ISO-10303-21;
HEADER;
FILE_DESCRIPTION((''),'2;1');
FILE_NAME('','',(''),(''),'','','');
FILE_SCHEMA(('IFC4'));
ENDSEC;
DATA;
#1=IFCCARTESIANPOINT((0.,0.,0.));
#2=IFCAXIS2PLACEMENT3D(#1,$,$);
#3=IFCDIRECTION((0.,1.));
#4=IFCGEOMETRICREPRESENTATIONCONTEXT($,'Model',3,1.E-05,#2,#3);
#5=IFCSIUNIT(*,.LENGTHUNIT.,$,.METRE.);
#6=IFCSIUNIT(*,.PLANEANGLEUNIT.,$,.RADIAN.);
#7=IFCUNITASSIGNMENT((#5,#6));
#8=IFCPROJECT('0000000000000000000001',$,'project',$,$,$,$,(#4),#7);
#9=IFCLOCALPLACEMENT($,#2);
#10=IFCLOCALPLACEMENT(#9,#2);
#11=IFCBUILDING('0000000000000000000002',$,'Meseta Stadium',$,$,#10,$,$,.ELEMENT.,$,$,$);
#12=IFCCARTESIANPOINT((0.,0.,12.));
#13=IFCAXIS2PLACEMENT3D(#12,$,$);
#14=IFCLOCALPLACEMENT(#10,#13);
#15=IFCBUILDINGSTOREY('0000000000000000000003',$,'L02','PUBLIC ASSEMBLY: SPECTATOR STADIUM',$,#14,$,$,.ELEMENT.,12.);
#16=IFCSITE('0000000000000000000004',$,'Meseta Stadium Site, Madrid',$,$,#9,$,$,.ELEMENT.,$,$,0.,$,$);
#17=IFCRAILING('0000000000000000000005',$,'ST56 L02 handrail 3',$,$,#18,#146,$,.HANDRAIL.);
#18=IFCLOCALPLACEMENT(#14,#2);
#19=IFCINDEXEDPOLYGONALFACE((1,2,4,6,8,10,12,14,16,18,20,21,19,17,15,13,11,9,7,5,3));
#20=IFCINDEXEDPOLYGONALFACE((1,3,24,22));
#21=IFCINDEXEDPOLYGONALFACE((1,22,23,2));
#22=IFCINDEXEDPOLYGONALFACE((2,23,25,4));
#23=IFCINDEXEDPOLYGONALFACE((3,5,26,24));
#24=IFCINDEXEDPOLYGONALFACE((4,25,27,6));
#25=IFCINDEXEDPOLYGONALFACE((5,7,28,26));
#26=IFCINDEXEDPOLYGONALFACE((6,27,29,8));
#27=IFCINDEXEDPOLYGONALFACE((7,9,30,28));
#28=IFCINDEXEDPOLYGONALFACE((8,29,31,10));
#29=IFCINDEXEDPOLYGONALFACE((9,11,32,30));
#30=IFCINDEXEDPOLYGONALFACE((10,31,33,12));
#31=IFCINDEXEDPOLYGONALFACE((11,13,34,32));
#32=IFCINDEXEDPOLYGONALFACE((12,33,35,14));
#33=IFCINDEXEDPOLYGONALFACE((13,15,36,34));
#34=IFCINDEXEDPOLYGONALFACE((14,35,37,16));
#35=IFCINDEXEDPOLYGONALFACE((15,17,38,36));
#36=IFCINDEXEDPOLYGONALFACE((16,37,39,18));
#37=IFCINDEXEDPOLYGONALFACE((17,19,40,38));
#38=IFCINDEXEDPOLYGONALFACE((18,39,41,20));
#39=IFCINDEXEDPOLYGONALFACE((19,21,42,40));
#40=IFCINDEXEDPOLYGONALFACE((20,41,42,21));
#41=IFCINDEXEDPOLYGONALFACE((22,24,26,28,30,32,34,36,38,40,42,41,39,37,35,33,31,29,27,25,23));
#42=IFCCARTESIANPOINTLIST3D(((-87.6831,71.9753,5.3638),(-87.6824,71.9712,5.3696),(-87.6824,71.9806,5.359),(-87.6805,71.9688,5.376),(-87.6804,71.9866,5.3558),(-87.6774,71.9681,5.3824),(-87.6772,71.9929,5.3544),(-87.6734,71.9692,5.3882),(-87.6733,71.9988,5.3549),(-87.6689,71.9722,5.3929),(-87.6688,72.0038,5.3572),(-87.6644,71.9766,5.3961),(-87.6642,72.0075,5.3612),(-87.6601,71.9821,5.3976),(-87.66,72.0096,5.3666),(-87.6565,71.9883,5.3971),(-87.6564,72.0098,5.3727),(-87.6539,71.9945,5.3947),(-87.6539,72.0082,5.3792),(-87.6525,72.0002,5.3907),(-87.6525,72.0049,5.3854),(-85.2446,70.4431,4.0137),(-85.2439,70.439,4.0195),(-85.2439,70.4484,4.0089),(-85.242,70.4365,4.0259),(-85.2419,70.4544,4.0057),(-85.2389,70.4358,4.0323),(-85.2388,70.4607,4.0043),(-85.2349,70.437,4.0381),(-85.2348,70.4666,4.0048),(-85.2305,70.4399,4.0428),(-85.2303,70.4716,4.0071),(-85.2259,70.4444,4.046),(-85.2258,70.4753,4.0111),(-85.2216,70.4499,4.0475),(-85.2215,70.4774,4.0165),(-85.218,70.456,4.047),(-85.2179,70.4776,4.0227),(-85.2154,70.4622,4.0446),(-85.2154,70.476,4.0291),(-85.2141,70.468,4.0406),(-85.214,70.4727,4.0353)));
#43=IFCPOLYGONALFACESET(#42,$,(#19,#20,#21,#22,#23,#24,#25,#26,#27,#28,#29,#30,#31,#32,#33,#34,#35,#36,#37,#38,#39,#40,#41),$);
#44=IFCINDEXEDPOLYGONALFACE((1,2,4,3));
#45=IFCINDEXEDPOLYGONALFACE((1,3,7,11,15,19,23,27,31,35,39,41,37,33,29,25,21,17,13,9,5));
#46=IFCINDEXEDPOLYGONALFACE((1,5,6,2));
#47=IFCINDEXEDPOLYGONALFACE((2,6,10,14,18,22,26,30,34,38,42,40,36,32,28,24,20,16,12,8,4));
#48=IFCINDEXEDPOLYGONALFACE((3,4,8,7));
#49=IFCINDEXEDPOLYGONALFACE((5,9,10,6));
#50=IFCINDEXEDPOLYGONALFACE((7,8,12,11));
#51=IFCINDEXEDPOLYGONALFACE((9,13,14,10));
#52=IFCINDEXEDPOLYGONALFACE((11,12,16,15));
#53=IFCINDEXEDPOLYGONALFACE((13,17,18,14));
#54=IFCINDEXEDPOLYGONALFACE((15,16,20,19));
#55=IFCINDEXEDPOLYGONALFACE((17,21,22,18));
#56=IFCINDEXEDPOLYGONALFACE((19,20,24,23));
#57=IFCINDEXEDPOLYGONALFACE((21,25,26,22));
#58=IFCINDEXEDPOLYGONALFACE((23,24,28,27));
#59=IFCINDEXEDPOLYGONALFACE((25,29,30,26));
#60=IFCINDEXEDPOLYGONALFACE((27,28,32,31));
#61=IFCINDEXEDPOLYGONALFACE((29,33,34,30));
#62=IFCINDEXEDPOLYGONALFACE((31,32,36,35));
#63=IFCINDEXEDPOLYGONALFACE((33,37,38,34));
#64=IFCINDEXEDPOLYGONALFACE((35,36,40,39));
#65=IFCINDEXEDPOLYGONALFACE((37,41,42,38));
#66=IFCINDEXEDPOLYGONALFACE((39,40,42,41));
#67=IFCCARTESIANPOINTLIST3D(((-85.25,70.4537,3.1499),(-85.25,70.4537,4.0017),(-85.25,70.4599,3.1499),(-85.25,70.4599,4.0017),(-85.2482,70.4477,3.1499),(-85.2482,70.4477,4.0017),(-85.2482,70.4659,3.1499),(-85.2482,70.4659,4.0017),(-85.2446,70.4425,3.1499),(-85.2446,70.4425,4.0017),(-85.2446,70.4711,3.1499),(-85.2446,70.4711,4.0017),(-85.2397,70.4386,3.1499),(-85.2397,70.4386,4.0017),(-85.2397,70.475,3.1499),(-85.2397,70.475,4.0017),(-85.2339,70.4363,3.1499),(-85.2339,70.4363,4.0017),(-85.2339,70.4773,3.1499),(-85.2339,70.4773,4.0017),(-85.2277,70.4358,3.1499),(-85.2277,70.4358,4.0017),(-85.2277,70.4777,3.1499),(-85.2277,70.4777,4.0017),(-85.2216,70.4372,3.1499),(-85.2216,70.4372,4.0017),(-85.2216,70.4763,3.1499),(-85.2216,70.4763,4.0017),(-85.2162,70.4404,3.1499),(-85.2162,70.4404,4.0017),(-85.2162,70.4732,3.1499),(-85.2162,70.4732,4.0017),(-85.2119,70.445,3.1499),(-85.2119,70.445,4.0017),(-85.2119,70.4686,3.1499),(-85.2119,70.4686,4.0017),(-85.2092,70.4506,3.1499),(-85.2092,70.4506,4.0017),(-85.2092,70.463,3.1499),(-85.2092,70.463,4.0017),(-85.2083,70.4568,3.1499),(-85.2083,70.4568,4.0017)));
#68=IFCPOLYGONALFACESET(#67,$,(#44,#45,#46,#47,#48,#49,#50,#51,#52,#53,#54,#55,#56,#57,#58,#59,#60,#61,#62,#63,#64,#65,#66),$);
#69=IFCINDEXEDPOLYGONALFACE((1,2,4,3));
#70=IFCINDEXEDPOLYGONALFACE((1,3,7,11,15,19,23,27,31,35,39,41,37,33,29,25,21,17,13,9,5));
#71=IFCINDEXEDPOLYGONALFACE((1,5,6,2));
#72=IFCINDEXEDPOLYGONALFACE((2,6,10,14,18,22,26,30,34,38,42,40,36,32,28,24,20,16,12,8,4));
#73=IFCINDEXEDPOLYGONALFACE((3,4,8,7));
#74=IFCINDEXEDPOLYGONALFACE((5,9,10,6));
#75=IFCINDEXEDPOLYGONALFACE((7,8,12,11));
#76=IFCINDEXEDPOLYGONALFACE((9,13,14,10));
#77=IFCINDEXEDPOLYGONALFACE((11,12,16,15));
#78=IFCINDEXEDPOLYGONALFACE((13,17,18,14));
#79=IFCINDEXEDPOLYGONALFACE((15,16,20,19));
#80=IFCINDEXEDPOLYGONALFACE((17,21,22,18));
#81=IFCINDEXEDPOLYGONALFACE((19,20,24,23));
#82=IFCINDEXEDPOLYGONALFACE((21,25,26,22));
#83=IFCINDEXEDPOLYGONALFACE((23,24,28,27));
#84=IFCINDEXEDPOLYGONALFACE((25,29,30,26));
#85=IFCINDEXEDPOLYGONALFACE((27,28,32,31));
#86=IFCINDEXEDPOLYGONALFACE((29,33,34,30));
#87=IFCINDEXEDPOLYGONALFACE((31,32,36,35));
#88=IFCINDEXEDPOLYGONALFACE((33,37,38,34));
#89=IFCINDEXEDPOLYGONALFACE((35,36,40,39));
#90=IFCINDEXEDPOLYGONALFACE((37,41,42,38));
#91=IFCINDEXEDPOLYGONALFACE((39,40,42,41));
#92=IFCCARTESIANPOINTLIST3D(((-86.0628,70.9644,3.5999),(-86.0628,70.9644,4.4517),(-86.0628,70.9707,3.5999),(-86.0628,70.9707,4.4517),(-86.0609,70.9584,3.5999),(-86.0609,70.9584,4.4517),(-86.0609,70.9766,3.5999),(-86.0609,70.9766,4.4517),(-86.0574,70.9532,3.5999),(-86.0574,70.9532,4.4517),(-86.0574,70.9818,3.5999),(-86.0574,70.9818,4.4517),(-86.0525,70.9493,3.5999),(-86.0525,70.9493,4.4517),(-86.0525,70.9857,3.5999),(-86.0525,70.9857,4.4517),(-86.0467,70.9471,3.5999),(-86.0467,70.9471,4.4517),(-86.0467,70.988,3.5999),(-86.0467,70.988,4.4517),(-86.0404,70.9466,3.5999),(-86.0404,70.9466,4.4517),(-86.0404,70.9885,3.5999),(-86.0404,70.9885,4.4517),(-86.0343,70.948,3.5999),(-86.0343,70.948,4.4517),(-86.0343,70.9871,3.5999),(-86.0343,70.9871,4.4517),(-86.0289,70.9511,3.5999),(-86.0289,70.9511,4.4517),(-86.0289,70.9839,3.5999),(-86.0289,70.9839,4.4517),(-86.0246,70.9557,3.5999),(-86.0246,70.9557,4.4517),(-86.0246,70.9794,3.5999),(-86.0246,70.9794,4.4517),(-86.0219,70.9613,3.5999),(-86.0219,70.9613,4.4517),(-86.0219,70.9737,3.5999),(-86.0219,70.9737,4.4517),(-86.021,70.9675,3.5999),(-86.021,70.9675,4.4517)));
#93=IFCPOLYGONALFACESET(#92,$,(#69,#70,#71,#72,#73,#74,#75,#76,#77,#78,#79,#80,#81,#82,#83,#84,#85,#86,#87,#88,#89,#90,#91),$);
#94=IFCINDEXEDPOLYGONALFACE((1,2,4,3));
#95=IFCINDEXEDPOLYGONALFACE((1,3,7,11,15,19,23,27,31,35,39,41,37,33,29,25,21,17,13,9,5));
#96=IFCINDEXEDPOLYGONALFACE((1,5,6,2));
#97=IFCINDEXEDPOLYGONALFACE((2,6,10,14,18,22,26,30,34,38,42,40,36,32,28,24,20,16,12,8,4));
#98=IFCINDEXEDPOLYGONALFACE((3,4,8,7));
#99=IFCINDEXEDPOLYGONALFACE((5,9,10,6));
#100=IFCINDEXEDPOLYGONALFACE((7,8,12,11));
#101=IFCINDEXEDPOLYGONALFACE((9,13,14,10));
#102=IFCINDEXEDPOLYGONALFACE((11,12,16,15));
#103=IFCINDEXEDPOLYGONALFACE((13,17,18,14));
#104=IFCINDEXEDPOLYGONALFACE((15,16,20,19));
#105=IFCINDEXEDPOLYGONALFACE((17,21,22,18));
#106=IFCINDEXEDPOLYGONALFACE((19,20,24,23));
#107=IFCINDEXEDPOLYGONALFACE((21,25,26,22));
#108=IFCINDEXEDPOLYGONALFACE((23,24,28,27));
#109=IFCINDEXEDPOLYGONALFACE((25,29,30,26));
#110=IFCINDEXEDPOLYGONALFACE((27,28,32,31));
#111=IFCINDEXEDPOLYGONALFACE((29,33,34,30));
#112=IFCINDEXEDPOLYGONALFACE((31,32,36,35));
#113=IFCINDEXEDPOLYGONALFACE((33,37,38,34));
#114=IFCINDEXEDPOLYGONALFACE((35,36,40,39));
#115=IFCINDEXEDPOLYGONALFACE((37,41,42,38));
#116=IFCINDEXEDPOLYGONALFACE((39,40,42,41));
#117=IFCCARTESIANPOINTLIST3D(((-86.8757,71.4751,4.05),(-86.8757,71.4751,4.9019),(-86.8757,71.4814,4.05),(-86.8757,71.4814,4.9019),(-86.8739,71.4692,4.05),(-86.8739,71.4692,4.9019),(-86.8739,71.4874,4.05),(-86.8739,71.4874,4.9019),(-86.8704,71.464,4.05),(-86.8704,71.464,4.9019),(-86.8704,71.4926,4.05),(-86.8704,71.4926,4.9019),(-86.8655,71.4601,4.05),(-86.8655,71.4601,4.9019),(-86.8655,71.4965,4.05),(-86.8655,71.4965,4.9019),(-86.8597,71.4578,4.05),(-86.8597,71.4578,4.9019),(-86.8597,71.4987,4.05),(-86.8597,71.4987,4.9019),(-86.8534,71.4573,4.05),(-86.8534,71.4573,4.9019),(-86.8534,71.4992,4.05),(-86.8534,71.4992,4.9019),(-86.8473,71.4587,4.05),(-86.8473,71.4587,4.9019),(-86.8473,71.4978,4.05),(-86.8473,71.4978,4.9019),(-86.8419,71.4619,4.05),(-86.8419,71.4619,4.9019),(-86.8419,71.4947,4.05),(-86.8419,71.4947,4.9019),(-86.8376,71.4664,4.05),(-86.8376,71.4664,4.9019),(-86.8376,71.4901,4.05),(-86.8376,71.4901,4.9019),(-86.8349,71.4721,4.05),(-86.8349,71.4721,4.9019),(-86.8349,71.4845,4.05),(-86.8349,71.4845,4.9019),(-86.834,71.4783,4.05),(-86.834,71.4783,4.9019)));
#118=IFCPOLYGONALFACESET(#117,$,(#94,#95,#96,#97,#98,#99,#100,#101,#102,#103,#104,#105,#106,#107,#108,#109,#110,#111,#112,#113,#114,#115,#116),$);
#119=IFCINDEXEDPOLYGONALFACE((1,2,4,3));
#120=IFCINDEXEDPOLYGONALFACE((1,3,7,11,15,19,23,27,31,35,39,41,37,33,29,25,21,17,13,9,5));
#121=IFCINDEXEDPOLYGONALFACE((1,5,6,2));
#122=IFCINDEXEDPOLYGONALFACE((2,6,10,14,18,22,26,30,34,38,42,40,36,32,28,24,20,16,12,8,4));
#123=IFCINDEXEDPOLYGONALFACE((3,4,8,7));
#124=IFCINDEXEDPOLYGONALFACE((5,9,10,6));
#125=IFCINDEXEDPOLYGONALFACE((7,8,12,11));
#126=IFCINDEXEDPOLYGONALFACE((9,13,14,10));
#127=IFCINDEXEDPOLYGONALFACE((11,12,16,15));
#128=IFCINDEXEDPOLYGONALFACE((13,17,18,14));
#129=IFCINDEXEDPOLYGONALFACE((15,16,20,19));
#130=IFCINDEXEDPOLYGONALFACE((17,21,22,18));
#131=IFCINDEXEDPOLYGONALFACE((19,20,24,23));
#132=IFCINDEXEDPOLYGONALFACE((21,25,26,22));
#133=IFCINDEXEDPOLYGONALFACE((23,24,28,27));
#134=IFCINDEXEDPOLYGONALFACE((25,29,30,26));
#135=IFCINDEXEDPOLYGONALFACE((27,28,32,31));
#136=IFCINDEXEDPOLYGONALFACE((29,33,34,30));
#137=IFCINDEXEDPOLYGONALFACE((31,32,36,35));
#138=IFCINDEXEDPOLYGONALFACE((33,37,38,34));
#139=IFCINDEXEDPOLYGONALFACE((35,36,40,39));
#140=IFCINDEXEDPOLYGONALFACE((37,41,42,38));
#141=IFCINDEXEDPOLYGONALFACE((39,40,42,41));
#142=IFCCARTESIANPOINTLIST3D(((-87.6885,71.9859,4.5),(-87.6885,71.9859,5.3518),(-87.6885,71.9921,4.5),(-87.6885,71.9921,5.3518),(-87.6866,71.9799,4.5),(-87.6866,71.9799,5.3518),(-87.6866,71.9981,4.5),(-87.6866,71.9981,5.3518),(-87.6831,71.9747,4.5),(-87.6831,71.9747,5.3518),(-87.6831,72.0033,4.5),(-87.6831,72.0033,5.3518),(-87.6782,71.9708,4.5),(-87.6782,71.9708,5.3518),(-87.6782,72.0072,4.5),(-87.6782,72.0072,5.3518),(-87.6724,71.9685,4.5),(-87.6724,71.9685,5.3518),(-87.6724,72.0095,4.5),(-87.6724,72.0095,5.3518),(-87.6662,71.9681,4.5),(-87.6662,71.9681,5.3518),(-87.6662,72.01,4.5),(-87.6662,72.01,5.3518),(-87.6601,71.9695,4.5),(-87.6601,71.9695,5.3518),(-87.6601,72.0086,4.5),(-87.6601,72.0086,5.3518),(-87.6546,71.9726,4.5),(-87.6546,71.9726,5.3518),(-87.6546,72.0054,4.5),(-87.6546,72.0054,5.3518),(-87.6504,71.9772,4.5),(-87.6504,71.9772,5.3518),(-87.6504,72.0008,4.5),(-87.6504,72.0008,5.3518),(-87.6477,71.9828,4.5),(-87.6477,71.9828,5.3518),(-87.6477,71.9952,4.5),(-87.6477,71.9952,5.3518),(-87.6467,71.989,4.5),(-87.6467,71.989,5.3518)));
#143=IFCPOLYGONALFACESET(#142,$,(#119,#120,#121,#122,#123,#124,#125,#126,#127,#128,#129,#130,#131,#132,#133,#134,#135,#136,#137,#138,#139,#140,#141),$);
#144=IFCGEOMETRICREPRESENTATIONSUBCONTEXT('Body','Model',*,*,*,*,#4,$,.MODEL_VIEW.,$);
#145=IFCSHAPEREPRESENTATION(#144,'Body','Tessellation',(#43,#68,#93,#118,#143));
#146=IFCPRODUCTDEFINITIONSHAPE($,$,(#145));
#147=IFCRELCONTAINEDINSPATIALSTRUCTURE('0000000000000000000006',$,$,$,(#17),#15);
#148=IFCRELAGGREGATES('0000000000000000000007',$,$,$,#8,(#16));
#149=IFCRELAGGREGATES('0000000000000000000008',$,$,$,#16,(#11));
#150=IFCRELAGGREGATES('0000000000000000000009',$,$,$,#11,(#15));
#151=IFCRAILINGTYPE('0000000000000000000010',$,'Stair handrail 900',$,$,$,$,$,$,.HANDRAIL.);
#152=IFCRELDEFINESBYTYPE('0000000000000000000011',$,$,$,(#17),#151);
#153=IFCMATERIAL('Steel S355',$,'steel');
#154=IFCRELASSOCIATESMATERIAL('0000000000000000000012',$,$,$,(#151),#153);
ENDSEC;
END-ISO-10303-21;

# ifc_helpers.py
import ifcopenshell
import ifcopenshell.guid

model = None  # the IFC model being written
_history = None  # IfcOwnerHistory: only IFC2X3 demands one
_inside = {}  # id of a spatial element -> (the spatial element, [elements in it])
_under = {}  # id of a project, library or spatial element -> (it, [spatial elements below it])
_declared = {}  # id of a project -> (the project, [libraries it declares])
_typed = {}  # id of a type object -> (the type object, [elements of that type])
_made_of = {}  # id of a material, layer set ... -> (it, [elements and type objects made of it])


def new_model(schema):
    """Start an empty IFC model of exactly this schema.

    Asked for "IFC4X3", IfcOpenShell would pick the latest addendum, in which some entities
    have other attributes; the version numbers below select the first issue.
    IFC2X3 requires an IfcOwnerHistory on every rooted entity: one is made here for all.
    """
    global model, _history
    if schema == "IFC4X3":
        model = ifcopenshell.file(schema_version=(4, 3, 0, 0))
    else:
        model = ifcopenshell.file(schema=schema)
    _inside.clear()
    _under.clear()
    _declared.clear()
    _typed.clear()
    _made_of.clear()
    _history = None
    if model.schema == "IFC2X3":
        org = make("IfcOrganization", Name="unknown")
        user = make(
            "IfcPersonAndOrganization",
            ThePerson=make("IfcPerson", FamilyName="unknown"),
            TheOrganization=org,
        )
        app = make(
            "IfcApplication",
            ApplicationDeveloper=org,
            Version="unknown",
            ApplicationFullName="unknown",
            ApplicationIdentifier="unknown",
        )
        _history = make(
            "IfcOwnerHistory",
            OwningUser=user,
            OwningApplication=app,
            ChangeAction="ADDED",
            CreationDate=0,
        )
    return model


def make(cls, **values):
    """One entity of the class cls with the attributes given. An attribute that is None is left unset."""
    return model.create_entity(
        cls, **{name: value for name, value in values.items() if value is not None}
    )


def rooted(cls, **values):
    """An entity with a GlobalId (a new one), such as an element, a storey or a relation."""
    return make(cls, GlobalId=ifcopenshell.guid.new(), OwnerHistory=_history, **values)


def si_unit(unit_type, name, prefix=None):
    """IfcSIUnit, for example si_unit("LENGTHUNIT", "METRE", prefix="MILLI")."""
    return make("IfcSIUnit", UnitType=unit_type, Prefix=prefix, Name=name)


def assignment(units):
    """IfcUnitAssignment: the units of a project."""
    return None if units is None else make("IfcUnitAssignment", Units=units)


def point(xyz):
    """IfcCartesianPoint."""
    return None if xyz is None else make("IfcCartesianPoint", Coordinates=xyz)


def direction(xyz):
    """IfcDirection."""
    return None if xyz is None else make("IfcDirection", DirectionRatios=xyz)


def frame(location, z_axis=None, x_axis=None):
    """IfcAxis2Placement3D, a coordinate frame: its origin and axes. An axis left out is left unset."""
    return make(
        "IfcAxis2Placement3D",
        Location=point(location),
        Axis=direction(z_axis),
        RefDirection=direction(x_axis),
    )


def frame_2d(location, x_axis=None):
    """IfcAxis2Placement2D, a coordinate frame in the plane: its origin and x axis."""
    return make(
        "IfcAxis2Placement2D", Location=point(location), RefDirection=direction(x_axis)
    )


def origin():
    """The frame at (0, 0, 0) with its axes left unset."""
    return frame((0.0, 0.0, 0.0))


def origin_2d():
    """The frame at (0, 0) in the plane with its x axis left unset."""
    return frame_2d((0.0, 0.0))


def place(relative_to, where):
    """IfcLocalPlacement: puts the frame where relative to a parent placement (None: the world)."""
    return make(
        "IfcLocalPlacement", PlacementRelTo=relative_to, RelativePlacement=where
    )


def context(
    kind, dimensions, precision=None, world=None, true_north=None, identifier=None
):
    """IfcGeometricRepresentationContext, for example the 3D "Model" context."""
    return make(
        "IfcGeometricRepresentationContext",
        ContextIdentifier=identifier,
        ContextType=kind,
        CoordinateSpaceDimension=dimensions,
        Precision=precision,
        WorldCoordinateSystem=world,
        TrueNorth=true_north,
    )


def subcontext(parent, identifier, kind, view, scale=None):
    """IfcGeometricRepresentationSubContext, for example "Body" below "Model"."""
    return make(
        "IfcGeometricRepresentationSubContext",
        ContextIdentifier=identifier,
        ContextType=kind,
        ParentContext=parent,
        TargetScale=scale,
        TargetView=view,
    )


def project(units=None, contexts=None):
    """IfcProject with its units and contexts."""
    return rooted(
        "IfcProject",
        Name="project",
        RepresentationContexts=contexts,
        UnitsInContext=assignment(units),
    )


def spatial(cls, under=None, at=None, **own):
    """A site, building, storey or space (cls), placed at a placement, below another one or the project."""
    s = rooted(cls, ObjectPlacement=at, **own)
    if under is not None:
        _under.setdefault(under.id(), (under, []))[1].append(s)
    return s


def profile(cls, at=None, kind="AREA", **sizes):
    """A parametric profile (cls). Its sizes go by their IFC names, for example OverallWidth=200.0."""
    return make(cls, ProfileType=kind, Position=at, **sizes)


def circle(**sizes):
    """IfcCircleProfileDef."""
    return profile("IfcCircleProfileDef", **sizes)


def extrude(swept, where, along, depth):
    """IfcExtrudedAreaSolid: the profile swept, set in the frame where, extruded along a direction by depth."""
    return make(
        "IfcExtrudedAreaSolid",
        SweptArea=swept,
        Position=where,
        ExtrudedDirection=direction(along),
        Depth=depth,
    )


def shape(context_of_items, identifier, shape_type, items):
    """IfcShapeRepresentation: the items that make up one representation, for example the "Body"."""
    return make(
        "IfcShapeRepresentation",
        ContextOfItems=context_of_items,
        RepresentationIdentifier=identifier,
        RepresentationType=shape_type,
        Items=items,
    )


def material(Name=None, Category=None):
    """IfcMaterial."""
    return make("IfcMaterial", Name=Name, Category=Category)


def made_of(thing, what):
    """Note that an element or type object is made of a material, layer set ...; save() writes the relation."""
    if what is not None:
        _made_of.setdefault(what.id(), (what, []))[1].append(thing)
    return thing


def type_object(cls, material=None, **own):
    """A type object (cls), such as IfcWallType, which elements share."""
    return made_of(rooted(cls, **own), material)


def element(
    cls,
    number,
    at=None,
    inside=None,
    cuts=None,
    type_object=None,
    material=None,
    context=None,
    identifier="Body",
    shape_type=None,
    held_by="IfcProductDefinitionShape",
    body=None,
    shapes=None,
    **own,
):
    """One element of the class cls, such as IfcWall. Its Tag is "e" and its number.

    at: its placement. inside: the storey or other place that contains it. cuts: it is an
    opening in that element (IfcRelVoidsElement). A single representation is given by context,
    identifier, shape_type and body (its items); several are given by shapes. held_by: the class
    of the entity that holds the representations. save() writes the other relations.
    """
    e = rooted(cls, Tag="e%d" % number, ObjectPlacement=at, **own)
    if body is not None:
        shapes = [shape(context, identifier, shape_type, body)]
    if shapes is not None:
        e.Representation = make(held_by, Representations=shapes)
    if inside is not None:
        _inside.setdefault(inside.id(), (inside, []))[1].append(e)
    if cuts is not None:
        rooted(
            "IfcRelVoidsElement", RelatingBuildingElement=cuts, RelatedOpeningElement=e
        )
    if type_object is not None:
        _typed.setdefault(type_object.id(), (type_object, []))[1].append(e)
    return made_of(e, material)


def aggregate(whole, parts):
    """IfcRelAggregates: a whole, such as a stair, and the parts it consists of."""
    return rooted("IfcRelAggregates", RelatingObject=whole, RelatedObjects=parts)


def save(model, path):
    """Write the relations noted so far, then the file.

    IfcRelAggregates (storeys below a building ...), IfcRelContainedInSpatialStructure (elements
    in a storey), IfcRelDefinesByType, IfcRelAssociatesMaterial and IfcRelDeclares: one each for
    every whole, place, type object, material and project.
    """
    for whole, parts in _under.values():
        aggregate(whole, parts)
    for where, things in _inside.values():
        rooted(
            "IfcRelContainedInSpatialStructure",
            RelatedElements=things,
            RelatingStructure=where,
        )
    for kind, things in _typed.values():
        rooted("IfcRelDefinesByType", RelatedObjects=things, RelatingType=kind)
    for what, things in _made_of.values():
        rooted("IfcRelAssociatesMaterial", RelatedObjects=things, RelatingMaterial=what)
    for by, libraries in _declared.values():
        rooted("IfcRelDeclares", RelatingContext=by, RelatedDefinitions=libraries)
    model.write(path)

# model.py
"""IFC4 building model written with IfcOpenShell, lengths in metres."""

from ifc_helpers import new_model, si_unit, direction, frame, origin, origin_2d, place, context, subcontext, project, spatial, circle, extrude, material, type_object, element, save


model = new_model("IFC4")

# Units and contexts
model_context = context("Model", 3, precision=1e-05, world=origin(), true_north=direction((0.0, 1.0)))
body_context = subcontext(model_context, "Body", "Model", "MODEL_VIEW")
ifc_project = project(units=[si_unit("LENGTHUNIT", "METRE"), si_unit("PLANEANGLEUNIT", "RADIAN")], contexts=[model_context])

# Site, building, storey
site_placement = place(None, origin())
site = spatial("IfcSite", under=ifc_project, at=site_placement, Name="Meseta Stadium Site, Madrid", CompositionType="ELEMENT", RefElevation=0.0)
building_placement = place(site_placement, origin())
building = spatial("IfcBuilding", under=site, at=building_placement, Name="Meseta Stadium", CompositionType="ELEMENT")
storey_placement = place(building_placement, frame((0.0, 0.0, 12.0)))
storey = spatial("IfcBuildingStorey", under=building, at=storey_placement, Name="L02", Description="PUBLIC ASSEMBLY: SPECTATOR STADIUM", CompositionType="ELEMENT", Elevation=12.0)

# Railing
ifc_material_1 = material(Name="Steel S355", Category="steel")
railing_type_1 = type_object("IfcRailingType", Name="Stair handrail 900", PredefinedType="HANDRAIL", material=ifc_material_1)
for number, where, name in (
    (1, (-85.2292, 70.4568, 3.1499), "ST56 L02 handrail 3"),
):
    element("IfcRailing", number, at=place(storey_placement, frame(where)), inside=storey, type_object=railing_type_1, Name=name, PredefinedType="HANDRAIL", context=body_context, shape_type="SweptSolid", body=[
        extrude(circle(Radius=0.0239, at=origin_2d()), frame((0.0, 0.0, 0.876), z_axis=(-0.766655, 0.481731, 0.42447), x_axis=(-0.53204, -0.846719, 0.0)), (0.0, 0.0, 1.0), 3.1807),
        extrude(circle(Radius=0.021, at=origin_2d()), origin(), (0.0, 0.0, 1.0), 0.8518),
        extrude(circle(Radius=0.021, at=origin_2d()), frame((-0.8127, 0.5107, 0.45)), (0.0, 0.0, 1.0), 0.8518),
        extrude(circle(Radius=0.021, at=origin_2d()), frame((-1.6257, 1.0215, 0.9001)), (0.0, 0.0, 1.0), 0.8518),
        extrude(circle(Radius=0.021, at=origin_2d()), frame((-2.4385, 1.5322, 1.3501)), (0.0, 0.0, 1.0), 0.8518),
    ])

save(model, "model.ifc")
